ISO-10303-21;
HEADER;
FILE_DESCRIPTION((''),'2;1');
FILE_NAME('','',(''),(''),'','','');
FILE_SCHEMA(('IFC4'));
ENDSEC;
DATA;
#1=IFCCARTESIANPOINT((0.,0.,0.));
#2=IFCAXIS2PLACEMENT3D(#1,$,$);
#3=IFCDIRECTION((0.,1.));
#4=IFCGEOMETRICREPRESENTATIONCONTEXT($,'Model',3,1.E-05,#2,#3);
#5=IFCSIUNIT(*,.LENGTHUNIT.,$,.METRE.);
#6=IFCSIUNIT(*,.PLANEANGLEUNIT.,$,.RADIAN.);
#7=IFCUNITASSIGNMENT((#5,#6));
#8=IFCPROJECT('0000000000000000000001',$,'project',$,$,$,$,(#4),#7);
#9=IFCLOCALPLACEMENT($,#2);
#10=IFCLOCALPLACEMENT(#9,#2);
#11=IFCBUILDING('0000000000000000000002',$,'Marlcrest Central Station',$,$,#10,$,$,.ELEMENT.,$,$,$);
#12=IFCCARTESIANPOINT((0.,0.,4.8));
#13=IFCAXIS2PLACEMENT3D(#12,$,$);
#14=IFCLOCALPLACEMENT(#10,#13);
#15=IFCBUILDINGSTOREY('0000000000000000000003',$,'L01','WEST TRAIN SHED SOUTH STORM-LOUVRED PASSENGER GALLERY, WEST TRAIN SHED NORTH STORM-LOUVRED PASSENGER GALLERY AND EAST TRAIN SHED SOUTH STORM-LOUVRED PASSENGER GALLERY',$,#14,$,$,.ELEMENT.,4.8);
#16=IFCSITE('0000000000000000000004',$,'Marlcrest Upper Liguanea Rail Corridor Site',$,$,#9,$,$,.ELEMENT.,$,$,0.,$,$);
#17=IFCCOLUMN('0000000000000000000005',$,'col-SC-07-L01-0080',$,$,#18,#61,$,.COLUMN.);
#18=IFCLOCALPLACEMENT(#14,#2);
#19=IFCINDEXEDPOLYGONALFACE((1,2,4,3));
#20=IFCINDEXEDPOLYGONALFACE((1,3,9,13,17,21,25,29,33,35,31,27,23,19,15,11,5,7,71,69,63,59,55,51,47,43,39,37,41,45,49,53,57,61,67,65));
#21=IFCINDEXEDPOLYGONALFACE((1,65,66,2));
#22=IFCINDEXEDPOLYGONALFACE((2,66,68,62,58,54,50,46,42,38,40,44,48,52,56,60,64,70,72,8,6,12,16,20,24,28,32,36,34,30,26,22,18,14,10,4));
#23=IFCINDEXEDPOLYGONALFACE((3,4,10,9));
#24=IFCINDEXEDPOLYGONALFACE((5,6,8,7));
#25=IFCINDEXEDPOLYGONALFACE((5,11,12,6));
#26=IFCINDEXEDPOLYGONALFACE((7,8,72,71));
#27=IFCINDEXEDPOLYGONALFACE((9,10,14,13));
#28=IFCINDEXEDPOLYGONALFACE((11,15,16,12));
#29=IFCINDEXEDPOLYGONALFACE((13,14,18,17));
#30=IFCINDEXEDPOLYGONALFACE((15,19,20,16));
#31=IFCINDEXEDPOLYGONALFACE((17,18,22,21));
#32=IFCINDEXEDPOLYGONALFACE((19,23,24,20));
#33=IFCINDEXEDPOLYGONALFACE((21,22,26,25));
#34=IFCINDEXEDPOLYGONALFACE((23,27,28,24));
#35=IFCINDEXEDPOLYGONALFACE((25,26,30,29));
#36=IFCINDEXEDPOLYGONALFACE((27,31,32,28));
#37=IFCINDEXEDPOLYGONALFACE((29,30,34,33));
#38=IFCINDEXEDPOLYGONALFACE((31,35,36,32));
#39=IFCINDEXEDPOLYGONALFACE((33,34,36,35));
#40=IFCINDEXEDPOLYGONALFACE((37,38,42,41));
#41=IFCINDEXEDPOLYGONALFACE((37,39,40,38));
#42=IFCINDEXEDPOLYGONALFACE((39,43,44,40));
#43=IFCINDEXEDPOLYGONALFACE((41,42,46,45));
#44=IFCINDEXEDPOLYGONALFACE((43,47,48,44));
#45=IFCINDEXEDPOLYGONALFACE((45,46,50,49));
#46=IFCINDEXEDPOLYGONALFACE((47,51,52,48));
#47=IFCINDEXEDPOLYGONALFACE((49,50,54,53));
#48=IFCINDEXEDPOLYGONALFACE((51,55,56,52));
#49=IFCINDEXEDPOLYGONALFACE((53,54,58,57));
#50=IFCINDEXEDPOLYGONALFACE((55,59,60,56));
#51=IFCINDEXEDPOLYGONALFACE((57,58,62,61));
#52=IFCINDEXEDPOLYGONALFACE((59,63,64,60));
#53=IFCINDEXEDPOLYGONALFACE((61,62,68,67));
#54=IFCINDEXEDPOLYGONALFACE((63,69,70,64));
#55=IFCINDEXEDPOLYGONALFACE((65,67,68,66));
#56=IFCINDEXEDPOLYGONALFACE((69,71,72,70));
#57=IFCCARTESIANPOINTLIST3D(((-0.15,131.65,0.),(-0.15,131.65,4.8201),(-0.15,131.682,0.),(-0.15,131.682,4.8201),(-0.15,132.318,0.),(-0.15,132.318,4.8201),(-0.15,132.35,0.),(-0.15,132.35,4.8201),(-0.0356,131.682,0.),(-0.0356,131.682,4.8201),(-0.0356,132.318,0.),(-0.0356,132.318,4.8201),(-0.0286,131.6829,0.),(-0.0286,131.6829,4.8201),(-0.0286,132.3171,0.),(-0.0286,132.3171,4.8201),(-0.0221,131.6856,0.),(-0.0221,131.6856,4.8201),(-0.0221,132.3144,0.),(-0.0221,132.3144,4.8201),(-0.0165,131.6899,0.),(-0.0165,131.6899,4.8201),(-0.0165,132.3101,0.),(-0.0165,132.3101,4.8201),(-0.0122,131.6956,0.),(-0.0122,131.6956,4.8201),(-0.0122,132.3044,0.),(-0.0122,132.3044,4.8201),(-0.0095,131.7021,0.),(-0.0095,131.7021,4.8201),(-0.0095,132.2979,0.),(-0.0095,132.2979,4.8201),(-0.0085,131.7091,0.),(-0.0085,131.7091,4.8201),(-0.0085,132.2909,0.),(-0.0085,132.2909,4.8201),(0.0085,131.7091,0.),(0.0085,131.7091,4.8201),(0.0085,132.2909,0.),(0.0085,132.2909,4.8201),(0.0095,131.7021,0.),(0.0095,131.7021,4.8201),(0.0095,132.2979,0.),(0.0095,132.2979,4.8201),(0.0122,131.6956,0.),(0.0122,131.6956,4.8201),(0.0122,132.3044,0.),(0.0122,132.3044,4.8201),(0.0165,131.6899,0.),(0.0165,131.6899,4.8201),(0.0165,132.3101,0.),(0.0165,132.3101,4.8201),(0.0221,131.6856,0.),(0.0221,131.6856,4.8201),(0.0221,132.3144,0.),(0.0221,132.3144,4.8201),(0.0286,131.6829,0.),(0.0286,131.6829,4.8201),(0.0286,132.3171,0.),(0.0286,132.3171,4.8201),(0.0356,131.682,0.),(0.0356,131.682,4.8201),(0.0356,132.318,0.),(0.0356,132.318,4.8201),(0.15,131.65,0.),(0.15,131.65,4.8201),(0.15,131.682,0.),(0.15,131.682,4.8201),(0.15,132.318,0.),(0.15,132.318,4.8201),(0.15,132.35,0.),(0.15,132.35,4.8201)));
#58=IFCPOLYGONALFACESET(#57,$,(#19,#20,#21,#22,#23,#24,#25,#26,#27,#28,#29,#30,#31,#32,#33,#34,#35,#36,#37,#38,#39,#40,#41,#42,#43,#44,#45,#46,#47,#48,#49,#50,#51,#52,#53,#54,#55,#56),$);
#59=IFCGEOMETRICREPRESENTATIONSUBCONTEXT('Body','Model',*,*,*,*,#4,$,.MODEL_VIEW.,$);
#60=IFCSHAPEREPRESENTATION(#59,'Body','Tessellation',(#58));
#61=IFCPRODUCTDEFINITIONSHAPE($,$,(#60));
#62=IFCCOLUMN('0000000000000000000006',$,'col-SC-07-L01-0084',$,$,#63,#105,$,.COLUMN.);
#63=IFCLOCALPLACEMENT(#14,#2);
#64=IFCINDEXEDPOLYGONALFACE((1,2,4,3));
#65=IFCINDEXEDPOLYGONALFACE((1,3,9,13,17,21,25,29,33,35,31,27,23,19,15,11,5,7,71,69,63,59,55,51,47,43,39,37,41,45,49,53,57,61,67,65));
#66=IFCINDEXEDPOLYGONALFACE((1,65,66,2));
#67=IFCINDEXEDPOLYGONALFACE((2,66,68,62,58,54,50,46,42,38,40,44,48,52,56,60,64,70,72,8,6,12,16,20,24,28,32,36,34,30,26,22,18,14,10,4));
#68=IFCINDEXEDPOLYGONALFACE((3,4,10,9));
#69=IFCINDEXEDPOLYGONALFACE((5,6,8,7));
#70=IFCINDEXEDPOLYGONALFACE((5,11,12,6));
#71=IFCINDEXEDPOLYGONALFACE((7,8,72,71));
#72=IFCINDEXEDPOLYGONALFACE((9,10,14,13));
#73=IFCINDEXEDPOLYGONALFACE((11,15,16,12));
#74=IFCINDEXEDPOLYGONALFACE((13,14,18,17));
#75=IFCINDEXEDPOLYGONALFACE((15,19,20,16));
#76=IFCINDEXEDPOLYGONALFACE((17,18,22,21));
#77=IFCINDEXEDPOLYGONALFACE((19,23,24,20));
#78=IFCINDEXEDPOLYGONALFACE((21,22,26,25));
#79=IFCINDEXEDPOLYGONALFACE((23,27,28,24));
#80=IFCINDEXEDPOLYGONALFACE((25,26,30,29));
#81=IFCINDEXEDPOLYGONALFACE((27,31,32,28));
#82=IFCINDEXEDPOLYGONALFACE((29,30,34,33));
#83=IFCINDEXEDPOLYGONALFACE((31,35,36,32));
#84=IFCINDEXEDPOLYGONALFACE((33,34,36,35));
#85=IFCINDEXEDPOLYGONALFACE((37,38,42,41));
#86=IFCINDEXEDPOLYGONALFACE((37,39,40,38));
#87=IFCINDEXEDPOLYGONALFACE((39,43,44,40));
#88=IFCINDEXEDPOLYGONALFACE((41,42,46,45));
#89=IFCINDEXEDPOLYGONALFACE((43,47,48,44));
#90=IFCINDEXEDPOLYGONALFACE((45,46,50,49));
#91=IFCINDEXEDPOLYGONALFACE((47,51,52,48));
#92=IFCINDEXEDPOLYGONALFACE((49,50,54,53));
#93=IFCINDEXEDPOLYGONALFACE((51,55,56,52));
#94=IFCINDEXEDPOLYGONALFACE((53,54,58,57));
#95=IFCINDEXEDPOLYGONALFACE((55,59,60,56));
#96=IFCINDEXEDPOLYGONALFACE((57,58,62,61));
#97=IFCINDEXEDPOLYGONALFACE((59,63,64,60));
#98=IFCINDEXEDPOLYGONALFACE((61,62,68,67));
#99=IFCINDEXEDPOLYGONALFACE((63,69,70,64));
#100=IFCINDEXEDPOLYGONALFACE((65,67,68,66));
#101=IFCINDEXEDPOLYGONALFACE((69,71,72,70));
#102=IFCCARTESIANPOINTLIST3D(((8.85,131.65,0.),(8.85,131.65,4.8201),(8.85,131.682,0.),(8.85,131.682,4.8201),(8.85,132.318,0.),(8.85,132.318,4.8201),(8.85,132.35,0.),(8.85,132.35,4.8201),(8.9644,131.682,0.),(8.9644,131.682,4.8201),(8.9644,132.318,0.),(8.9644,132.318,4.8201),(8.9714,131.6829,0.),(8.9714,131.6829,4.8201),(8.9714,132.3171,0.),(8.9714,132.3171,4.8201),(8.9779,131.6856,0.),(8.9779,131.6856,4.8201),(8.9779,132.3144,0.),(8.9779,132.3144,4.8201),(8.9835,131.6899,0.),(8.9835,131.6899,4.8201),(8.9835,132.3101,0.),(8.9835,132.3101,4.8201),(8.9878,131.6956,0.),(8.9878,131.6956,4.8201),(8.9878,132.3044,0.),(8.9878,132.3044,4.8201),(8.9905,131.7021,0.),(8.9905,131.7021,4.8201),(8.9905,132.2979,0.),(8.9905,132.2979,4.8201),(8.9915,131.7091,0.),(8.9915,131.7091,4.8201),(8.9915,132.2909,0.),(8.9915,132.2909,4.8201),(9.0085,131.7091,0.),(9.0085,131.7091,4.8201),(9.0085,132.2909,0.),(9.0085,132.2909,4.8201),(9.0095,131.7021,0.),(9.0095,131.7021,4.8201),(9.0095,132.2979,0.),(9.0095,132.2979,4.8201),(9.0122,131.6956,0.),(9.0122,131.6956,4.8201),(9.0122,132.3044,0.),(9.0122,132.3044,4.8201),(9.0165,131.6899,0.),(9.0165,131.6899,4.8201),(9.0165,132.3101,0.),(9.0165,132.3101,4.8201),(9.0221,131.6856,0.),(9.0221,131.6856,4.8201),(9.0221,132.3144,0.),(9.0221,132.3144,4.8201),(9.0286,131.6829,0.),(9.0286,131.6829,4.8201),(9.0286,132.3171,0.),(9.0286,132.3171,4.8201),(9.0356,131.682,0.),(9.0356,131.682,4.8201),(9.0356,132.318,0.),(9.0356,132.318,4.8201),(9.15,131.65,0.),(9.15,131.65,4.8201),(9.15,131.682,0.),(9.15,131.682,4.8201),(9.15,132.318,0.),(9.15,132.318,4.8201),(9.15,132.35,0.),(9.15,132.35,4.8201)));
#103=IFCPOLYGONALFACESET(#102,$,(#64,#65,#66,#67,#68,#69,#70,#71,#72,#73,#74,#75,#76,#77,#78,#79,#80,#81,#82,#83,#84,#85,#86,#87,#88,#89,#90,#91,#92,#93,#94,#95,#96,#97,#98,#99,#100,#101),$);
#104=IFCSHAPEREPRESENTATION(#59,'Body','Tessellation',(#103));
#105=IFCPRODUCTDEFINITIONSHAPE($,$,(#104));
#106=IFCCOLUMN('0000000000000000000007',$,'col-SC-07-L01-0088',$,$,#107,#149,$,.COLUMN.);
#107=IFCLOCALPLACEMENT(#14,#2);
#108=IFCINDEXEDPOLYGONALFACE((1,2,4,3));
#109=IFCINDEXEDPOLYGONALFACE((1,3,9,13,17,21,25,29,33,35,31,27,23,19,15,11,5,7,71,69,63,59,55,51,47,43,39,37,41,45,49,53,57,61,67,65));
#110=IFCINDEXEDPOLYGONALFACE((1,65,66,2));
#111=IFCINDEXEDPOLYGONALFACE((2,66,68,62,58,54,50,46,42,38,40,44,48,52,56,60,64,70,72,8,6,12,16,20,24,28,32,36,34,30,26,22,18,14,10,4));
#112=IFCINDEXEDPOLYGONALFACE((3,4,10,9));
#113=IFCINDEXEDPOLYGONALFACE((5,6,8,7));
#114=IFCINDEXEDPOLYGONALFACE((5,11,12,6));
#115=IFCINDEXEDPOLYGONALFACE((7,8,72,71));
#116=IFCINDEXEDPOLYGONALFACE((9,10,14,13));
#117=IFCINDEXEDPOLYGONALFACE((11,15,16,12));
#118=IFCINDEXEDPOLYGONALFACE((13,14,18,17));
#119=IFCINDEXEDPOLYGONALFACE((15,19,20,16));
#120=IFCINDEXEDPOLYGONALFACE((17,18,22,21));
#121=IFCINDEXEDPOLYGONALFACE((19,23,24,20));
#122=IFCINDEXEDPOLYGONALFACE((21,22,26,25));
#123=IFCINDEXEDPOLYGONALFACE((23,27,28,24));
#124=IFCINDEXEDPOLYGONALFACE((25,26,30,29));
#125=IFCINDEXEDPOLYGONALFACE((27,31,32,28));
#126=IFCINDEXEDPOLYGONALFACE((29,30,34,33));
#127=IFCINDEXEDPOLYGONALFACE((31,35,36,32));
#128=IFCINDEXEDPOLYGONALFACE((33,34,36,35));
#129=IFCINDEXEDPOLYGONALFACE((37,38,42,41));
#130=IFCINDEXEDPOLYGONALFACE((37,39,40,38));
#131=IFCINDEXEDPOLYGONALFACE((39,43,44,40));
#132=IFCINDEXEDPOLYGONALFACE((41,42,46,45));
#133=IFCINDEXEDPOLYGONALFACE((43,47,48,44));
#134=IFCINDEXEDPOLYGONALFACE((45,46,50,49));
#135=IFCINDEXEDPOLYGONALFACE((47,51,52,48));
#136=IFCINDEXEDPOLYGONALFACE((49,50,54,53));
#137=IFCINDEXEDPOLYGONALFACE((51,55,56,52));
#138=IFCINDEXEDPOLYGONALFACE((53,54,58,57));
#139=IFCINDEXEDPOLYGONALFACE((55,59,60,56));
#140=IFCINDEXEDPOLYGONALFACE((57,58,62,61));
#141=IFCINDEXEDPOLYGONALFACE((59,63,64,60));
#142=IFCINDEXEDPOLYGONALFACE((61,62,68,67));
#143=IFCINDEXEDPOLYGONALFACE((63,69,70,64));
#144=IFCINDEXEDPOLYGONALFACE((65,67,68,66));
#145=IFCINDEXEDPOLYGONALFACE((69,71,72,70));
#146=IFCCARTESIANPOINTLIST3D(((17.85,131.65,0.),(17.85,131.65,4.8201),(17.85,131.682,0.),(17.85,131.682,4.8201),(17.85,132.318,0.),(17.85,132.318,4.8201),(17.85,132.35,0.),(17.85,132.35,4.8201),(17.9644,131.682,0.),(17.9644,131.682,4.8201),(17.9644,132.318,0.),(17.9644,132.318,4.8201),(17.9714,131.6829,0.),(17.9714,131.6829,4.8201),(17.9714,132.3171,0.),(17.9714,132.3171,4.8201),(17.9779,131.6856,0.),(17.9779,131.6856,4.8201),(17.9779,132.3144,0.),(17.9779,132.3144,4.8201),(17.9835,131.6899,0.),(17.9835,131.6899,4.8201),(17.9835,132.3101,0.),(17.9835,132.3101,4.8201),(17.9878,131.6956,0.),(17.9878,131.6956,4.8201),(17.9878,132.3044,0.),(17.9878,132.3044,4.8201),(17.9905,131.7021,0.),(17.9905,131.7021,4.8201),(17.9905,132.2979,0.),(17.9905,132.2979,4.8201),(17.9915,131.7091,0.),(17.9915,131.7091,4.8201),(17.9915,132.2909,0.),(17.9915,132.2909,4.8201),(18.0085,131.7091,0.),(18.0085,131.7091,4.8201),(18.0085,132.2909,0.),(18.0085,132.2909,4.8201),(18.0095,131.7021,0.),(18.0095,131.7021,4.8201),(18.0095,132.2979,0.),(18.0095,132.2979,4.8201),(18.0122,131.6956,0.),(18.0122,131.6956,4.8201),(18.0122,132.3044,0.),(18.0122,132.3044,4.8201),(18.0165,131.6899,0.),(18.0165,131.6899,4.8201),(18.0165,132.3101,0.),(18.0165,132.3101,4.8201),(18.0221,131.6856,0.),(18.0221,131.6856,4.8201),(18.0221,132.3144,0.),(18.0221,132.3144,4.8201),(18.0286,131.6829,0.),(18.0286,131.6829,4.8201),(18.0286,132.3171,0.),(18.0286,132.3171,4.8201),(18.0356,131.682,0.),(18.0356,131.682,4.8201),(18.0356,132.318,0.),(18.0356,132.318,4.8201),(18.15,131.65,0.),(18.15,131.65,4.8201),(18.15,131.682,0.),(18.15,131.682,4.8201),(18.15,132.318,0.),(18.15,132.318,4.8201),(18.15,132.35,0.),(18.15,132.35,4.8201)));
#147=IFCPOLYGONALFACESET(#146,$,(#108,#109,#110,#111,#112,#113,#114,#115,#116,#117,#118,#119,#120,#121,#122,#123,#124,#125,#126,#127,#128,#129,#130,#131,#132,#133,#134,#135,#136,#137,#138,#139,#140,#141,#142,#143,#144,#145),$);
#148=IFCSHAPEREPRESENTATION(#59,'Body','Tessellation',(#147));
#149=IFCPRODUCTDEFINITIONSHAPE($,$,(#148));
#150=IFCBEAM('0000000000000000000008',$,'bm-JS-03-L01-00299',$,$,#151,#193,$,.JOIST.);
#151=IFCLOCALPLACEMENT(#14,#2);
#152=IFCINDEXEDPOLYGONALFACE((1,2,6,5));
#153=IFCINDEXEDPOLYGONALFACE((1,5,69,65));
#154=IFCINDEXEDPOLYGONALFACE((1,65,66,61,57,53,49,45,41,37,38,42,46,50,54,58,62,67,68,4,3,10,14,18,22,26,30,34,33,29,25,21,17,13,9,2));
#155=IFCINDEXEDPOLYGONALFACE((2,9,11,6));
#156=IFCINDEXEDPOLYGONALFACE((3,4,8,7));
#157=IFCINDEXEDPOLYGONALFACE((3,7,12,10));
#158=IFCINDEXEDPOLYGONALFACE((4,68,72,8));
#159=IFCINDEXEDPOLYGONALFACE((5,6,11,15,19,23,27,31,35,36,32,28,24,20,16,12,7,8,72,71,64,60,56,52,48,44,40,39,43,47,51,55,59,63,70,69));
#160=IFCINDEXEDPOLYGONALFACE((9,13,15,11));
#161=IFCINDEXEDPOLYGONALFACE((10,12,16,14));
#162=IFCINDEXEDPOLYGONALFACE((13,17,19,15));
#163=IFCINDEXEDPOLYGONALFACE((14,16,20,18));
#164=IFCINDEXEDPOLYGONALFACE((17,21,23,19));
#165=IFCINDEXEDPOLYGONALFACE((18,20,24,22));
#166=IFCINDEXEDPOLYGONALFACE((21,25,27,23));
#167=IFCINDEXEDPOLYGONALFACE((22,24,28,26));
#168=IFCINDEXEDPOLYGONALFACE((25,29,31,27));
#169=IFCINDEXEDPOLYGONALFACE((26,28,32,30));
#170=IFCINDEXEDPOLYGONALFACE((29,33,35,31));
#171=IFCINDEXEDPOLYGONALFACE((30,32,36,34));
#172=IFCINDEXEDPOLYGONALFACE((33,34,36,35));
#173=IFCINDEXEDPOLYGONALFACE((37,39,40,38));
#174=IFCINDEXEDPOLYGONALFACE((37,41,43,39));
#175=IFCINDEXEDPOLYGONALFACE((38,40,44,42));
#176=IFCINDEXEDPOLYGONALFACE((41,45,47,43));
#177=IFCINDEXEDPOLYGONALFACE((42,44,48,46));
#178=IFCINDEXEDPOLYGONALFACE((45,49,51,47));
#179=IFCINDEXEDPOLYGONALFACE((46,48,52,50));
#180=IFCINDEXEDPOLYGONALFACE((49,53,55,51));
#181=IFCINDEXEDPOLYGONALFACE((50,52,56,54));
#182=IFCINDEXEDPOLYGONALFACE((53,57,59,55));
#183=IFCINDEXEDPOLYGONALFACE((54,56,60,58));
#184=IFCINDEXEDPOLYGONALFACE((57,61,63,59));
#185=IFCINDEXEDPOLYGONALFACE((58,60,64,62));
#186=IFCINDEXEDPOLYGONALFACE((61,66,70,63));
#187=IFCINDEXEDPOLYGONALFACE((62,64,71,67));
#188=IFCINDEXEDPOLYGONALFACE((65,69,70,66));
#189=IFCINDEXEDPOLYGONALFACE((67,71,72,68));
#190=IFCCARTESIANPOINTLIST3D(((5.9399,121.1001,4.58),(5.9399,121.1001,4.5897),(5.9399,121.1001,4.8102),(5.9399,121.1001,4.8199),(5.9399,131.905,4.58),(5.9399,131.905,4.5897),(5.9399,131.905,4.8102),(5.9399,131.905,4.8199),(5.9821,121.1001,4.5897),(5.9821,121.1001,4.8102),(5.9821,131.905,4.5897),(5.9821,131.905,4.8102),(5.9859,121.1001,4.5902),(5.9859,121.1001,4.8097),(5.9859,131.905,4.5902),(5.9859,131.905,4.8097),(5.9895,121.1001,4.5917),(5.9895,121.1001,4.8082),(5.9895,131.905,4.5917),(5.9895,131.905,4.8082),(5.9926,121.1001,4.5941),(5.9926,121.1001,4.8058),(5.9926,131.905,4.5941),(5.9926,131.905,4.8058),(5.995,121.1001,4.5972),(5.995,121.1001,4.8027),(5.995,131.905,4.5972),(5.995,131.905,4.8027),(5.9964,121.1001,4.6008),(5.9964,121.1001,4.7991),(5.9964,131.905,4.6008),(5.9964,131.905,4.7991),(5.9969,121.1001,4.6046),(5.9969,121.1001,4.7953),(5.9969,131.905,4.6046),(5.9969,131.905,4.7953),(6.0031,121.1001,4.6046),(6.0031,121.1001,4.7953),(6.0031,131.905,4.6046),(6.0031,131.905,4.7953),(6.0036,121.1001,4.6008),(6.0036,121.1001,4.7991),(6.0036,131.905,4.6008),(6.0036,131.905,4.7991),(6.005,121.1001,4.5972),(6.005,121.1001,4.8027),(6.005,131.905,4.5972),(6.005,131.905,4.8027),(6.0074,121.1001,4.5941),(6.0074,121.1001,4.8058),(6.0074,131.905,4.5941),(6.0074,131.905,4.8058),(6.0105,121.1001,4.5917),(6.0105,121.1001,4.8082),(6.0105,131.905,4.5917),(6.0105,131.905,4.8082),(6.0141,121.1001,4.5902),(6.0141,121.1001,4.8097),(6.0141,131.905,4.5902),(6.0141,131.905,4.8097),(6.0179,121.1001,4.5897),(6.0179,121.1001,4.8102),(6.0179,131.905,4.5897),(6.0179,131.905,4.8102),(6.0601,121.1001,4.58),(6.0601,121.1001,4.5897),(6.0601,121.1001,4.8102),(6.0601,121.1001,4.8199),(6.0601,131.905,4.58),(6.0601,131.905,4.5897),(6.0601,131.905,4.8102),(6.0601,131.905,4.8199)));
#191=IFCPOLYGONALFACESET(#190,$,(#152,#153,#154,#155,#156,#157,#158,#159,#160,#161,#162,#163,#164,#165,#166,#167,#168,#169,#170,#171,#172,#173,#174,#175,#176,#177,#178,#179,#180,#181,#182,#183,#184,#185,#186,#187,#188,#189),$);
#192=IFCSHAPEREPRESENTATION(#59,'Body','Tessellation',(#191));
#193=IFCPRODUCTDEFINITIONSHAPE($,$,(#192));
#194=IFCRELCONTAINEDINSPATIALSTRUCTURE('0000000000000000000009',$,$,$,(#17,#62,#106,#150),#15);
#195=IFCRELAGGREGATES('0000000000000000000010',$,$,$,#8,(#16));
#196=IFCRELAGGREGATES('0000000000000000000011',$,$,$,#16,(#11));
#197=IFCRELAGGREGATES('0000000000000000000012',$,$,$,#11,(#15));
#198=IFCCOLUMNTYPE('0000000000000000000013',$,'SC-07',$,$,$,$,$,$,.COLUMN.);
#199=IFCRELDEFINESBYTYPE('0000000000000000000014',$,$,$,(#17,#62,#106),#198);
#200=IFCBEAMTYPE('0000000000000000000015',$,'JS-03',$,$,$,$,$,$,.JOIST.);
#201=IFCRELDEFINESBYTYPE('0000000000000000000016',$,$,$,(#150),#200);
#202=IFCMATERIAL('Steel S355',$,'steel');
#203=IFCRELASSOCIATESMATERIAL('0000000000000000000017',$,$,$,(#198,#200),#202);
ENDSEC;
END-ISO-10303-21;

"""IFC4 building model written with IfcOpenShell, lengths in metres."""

from ifc_helpers import new_model, si_unit, direction, frame, origin, origin_2d, place, context, subcontext, project, spatial, i_section, extrude, material, material_profile, profile_set, type_object, element, save


model = new_model("IFC4")

# Units and contexts
model_context = context("Model", 3, precision=1e-05, world=origin(), true_north=direction((0.0, 1.0)))
body_context = subcontext(model_context, "Body", "Model", "MODEL_VIEW")
ifc_project = project(units=[si_unit("LENGTHUNIT", "METRE"), si_unit("PLANEANGLEUNIT", "RADIAN")], contexts=[model_context])

# Site, building, storey
site_placement = place(None, origin())
site = spatial("IfcSite", under=ifc_project, at=site_placement, Name="Marlcrest Upper Liguanea Rail Corridor Site", CompositionType="ELEMENT", RefElevation=0.0)
building_placement = place(site_placement, origin())
building = spatial("IfcBuilding", under=site, at=building_placement, Name="Marlcrest Central Station", CompositionType="ELEMENT")
storey_placement = place(building_placement, frame((0.0, 0.0, 4.8)))
storey = spatial("IfcBuildingStorey", under=building, at=storey_placement, Name="L01", Description="WEST TRAIN SHED SOUTH STORM-LOUVRED PASSENGER GALLERY, WEST TRAIN SHED NORTH STORM-LOUVRED PASSENGER GALLERY AND EAST TRAIN SHED SOUTH STORM-LOUVRED PASSENGER GALLERY", CompositionType="ELEMENT", Elevation=4.8)

# Columns
ifc_material_1 = material(Name="Steel S355", Category="steel")
ifc_material_profile_1 = material_profile(ifc_material_1, i_section(OverallWidth=0.3, OverallDepth=0.7, WebThickness=0.0171, FlangeThickness=0.032, FilletRadius=0.0271, at=origin_2d()), Name="HEB 700")
ifc_profile_set_1 = profile_set([ifc_material_profile_1], Name="Steel S355")
column_type = type_object("IfcColumnType", Name="SC-07", PredefinedType="COLUMN", material=ifc_profile_set_1)
for number, where, z_axis, x_axis, name in (
    (1, (0.0, 132.0, 0.0), (0.0, 0.0, 1.0), (1.0, 0.0, 0.0), "col-SC-07-L01-0080"),
    (2, (9.0, 132.0, 0.0), (0.0, 0.0, 1.0), (1.0, 0.0, 0.0), "col-SC-07-L01-0084"),
    (3, (18.0, 132.0, 0.0), (0.0, 0.0, 1.0), (1.0, 0.0, 0.0), "col-SC-07-L01-0088"),
):
    element("IfcColumn", number, at=place(storey_placement, frame(where, z_axis=z_axis, x_axis=x_axis)), inside=storey, type_object=column_type, Name=name, PredefinedType="COLUMN", context=body_context, shape_type="SweptSolid", body=[
        extrude(i_section(OverallWidth=0.3, OverallDepth=0.7, WebThickness=0.0171, FlangeThickness=0.032, FilletRadius=0.0271, at=origin_2d()), origin(), (0.0, 0.0, 1.0), 4.8201),
    ])

# Beam
ifc_material_profile_2 = material_profile(ifc_material_1, i_section(OverallWidth=0.1201, OverallDepth=0.24, WebThickness=0.0061, FlangeThickness=0.0098, FilletRadius=0.0149, at=origin_2d()), Name="IPE 240")
ifc_profile_set_2 = profile_set([ifc_material_profile_2], Name="Steel S355")
beam_type_1 = type_object("IfcBeamType", Name="JS-03", PredefinedType="JOIST", material=ifc_profile_set_2)
for number, where, z_axis, x_axis, name in (
    (4, (6.0, 121.1001, 4.7), (0.0, 1.0, 0.0), (-1.0, 0.0, 0.0), "bm-JS-03-L01-00299"),
):
    element("IfcBeam", number, at=place(storey_placement, frame(where, z_axis=z_axis, x_axis=x_axis)), inside=storey, type_object=beam_type_1, Name=name, PredefinedType="JOIST", context=body_context, shape_type="SweptSolid", body=[
        extrude(i_section(OverallWidth=0.1201, OverallDepth=0.24, WebThickness=0.0061, FlangeThickness=0.0098, FilletRadius=0.0149, at=origin_2d()), origin(), (0.0, 0.0, 1.0), 10.8049),
    ])

save(model, "model.ifc")
